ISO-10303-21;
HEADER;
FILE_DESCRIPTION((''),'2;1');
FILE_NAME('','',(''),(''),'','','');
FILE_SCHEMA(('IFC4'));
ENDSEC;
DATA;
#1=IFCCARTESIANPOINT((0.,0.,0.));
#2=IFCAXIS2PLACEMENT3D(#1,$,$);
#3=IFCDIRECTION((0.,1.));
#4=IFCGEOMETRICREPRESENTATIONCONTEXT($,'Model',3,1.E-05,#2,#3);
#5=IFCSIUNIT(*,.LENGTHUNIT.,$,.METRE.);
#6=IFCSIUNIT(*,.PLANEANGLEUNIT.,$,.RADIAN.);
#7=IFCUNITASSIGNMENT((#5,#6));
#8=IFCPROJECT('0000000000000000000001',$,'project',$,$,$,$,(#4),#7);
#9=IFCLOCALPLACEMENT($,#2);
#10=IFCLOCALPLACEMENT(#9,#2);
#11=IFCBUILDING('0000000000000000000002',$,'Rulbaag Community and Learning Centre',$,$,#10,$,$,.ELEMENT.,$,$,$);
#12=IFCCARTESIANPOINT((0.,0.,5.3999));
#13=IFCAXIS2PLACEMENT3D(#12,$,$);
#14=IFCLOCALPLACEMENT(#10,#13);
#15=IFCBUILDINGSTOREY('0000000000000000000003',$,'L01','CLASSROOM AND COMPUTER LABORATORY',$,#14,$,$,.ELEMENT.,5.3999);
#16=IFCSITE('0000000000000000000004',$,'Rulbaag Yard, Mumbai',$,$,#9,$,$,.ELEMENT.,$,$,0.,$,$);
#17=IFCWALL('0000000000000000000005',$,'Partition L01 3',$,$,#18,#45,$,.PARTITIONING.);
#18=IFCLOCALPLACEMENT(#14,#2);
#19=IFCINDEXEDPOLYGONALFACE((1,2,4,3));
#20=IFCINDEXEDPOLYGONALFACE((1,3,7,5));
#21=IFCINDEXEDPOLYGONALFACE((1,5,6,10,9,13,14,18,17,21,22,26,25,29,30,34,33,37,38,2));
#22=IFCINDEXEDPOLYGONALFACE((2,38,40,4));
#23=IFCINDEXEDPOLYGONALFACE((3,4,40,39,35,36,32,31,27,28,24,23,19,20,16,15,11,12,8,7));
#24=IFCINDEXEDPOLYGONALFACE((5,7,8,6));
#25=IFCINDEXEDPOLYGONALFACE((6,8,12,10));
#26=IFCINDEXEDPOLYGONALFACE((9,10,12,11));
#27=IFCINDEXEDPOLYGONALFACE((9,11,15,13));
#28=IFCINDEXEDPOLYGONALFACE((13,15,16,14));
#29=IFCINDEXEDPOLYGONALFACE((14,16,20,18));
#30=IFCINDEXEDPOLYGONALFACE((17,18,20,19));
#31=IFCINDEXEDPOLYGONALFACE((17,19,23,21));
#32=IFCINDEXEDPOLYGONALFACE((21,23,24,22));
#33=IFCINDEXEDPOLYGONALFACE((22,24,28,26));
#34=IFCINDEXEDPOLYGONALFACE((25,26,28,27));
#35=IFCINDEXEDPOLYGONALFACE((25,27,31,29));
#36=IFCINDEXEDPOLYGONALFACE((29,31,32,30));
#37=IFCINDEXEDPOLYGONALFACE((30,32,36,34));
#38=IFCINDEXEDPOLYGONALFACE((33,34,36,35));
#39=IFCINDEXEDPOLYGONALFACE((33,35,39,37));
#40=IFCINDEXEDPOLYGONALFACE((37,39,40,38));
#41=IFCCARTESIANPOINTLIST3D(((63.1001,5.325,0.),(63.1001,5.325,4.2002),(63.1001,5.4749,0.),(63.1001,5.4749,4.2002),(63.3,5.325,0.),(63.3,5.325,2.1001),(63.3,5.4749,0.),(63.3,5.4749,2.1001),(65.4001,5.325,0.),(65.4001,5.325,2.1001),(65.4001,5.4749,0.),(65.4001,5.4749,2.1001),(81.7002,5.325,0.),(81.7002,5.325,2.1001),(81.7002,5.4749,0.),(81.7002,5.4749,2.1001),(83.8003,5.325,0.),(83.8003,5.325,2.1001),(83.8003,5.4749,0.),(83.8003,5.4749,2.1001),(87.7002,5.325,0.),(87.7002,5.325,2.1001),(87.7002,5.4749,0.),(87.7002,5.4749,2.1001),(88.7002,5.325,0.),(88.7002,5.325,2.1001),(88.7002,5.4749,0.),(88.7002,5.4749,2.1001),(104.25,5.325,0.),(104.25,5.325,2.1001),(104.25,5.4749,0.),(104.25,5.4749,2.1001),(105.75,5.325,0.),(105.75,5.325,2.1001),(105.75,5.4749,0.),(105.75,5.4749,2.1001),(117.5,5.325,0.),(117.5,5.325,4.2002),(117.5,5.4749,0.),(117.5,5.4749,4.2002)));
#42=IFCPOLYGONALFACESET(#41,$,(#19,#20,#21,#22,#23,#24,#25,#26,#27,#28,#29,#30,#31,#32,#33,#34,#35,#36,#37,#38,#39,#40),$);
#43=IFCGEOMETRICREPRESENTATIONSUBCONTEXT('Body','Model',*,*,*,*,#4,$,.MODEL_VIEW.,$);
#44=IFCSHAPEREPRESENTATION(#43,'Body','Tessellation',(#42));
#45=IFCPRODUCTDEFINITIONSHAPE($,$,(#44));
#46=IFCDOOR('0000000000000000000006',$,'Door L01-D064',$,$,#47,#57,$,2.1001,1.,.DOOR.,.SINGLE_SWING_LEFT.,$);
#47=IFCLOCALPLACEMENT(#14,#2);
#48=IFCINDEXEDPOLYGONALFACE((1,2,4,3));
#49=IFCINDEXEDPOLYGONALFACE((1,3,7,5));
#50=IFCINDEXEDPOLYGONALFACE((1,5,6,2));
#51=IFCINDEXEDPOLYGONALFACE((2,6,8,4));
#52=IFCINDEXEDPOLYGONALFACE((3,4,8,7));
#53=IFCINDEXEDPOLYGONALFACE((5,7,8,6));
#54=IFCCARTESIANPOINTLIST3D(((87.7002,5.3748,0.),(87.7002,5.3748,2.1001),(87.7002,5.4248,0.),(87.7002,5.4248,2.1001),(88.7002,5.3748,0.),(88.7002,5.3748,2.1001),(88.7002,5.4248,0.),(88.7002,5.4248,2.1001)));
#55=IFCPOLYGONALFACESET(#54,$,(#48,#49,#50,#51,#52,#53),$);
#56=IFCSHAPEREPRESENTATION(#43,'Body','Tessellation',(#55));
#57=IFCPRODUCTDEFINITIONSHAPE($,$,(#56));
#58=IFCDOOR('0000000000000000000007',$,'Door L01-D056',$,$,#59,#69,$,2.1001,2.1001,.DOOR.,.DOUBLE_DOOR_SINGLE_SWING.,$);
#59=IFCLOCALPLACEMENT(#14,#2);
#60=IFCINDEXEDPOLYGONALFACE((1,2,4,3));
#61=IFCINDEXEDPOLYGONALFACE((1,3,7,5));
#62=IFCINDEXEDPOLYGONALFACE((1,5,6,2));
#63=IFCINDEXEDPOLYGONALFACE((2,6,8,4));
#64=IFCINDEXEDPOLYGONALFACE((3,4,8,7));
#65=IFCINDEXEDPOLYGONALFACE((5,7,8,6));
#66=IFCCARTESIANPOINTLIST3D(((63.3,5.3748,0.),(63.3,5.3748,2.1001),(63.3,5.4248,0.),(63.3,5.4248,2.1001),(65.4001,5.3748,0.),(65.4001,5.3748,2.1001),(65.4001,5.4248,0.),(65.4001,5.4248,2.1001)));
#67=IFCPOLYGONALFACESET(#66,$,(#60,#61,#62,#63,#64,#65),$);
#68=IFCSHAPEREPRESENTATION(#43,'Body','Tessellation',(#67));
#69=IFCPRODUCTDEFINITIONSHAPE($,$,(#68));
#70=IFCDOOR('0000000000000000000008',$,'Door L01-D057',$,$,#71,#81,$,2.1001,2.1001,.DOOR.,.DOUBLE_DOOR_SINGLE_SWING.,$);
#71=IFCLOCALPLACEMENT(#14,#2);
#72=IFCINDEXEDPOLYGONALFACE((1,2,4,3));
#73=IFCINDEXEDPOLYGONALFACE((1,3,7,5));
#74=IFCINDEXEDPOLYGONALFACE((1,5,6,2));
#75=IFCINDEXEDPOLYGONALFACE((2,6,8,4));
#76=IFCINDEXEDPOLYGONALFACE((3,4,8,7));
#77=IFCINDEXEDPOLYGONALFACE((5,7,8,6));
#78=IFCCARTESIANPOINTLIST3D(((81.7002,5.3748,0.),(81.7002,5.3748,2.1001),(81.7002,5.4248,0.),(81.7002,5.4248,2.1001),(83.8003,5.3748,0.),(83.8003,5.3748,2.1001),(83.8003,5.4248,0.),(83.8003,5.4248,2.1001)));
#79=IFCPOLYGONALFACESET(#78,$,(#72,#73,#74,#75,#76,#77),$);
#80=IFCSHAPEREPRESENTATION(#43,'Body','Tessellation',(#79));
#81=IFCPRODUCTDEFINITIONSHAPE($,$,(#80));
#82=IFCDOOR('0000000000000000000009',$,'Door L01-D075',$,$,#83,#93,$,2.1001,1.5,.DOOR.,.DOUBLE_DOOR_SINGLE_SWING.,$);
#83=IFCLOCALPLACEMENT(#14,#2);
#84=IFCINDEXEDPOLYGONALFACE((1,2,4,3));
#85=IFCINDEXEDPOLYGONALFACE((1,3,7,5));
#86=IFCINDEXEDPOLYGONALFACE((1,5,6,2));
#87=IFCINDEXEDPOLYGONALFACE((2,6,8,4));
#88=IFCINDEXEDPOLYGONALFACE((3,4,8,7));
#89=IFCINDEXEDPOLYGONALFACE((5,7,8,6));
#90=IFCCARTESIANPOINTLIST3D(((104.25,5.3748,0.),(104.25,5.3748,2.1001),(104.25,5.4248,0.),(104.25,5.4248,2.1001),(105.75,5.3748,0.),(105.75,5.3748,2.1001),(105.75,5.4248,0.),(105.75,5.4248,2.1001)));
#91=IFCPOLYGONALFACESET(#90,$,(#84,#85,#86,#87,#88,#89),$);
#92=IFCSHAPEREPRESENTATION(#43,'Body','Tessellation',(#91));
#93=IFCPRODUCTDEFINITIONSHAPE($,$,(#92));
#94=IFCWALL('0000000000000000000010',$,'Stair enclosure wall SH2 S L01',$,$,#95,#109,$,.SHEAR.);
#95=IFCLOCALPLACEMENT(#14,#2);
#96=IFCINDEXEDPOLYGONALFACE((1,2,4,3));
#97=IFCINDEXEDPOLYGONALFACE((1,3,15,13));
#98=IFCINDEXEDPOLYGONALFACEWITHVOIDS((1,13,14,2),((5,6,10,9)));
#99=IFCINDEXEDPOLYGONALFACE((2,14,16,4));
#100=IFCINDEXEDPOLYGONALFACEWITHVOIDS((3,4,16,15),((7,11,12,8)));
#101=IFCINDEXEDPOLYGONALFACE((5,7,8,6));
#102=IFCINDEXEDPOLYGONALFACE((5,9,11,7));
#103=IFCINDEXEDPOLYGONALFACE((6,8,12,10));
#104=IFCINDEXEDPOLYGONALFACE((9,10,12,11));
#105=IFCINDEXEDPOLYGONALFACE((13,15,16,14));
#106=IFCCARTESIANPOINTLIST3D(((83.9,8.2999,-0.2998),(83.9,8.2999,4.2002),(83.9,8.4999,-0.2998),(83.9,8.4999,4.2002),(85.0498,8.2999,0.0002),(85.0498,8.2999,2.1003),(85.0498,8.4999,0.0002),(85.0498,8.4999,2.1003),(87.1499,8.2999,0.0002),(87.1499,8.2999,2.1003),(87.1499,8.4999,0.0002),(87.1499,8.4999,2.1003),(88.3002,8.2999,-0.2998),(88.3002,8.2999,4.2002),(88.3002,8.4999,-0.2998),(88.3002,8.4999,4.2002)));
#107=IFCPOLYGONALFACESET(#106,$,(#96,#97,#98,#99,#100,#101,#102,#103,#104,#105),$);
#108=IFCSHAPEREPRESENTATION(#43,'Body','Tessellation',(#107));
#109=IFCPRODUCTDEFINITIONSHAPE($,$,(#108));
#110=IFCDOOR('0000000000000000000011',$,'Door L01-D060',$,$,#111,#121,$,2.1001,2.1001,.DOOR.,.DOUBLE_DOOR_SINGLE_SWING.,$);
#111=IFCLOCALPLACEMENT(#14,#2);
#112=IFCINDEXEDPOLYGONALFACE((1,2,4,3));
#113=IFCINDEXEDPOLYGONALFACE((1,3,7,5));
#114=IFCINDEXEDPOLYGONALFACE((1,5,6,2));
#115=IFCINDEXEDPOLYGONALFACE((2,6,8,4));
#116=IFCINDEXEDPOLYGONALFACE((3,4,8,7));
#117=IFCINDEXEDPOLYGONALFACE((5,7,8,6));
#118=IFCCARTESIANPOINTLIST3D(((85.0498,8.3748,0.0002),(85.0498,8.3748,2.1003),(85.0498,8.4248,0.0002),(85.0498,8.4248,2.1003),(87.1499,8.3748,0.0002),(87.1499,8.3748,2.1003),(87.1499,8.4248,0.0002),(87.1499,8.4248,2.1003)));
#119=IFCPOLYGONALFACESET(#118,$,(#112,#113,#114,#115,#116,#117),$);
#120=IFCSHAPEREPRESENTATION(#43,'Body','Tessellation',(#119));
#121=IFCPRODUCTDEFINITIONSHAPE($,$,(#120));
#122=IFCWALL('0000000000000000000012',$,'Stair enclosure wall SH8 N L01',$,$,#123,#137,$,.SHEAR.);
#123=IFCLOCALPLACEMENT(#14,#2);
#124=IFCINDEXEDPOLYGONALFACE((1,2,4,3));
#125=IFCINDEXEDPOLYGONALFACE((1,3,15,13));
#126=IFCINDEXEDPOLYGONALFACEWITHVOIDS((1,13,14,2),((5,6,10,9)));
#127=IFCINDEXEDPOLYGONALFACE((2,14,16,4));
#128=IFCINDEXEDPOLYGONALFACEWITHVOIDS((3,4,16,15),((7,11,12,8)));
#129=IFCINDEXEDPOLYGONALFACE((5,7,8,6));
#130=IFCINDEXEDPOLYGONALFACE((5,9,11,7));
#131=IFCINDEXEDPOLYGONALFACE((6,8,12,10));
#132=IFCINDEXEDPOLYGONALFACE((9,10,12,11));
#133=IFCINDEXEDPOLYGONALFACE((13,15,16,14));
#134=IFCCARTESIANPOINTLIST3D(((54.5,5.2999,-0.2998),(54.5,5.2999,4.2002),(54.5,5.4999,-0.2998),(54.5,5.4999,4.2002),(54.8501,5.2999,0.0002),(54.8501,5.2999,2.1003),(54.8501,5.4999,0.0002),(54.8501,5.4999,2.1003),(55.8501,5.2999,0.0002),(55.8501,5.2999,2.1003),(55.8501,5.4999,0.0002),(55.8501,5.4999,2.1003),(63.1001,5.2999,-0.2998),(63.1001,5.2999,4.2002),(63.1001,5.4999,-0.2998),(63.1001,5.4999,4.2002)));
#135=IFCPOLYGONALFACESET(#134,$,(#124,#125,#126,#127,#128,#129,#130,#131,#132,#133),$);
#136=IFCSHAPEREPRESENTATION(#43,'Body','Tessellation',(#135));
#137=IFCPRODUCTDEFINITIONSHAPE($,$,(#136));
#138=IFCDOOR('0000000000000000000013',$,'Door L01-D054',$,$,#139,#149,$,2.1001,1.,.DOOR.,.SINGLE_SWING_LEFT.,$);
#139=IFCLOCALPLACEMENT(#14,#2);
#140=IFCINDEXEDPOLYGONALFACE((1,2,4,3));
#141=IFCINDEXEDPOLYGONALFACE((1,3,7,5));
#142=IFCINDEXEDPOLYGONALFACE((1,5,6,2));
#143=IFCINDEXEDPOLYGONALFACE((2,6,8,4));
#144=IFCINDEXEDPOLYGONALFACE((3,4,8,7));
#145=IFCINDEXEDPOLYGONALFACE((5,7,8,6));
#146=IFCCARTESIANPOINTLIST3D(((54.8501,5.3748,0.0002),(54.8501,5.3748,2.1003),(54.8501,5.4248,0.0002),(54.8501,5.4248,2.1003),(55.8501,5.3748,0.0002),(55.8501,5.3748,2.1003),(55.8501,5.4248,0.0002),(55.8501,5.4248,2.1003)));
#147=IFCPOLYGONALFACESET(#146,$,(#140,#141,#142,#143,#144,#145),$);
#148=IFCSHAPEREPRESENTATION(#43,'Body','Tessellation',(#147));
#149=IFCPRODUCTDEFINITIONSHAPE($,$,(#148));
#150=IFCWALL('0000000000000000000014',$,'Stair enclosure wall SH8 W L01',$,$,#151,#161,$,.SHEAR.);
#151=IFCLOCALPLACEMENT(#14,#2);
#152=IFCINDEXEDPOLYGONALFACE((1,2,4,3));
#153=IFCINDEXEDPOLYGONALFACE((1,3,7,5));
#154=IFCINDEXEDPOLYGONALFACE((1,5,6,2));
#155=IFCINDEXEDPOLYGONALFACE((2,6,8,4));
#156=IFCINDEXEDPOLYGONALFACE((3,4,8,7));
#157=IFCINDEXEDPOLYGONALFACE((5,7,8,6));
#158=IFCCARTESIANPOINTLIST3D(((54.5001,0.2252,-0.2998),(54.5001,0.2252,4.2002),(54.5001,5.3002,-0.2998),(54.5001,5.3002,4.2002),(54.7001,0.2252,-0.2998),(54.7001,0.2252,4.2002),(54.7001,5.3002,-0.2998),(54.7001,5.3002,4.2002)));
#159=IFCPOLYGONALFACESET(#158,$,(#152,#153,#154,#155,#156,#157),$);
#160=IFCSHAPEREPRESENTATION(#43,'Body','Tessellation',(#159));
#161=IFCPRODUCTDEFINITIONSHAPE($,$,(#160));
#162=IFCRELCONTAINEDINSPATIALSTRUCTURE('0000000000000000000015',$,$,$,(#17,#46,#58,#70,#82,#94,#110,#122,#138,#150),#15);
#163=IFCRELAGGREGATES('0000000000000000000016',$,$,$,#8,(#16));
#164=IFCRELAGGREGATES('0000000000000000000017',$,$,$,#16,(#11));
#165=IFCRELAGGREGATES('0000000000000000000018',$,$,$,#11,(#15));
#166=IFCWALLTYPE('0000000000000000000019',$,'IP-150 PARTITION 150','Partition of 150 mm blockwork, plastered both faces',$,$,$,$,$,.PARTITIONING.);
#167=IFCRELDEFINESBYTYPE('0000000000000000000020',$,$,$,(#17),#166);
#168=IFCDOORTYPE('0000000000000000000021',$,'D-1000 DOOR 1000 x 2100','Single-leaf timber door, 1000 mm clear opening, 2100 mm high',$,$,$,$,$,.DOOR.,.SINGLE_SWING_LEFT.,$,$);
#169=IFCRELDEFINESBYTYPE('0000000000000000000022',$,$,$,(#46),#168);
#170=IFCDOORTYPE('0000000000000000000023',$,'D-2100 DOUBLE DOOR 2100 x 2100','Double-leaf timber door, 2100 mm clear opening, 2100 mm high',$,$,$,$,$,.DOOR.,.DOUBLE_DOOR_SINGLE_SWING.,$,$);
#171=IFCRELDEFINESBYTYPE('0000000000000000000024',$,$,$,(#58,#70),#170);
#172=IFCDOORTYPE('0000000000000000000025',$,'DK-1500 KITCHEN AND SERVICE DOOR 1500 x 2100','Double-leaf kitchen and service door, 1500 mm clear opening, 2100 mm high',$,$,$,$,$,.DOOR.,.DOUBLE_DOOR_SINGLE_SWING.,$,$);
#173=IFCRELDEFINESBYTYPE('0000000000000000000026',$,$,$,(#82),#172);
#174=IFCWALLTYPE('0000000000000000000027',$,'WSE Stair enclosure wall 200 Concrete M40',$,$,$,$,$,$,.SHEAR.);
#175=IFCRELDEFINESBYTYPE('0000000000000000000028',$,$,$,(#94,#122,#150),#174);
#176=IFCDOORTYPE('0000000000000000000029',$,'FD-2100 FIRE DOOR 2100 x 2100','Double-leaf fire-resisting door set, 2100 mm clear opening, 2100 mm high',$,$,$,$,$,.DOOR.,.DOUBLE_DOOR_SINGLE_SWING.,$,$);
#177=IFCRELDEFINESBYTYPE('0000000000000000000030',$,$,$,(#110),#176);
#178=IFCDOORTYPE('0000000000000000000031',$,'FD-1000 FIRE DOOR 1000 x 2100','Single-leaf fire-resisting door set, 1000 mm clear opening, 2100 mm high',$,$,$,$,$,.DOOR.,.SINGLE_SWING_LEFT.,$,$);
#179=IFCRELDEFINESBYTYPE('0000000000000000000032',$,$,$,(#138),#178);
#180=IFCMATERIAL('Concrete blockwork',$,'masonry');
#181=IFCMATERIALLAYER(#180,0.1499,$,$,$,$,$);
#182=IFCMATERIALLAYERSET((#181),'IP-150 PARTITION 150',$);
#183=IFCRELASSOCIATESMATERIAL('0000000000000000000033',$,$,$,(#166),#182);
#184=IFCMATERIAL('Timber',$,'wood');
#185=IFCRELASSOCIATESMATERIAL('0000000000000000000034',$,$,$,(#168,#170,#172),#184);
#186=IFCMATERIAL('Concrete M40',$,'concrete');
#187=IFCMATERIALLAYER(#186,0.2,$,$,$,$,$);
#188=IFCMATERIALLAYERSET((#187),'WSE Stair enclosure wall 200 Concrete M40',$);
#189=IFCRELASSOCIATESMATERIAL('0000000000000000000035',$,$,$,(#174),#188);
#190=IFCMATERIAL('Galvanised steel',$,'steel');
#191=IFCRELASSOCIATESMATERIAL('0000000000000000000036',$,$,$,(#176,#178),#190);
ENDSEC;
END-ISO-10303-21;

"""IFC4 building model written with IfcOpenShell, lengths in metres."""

from ifc_helpers import new_model, si_unit, direction, frame, frame_2d, origin, place, context, subcontext, project, spatial, rectangle, extrude, material, layer, layer_set, type_object, element, fill, save


model = new_model("IFC4")

# Units and contexts
model_context = context("Model", 3, precision=1e-05, world=origin(), true_north=direction((0.0, 1.0)))
body_context = subcontext(model_context, "Body", "Model", "MODEL_VIEW")
ifc_project = project(units=[si_unit("LENGTHUNIT", "METRE"), si_unit("PLANEANGLEUNIT", "RADIAN")], contexts=[model_context])

# Site, building, storey
site_placement = place(None, origin())
site = spatial("IfcSite", under=ifc_project, at=site_placement, Name="Rulbaag Yard, Mumbai", CompositionType="ELEMENT", RefElevation=0.0)
building_placement = place(site_placement, origin())
building = spatial("IfcBuilding", under=site, at=building_placement, Name="Rulbaag Community and Learning Centre", CompositionType="ELEMENT")
storey_placement = place(building_placement, frame((0.0, 0.0, 5.3999)))
storey = spatial("IfcBuildingStorey", under=building, at=storey_placement, Name="L01", Description="CLASSROOM AND COMPUTER LABORATORY", CompositionType="ELEMENT", Elevation=5.3999)

# Shared definitions
ifc_material_1 = material(Name="Concrete M40", Category="concrete")

# Wall, openings, doors
ifc_material_2 = material(Name="Concrete blockwork", Category="masonry")
ifc_layer_1 = layer(ifc_material_2, 0.1499)
ifc_layer_set_1 = layer_set([ifc_layer_1], Name="IP-150 PARTITION 150")
wall_type_1 = type_object("IfcWallType", Name="IP-150 PARTITION 150", Description="Partition of 150 mm blockwork, plastered both faces", PredefinedType="PARTITIONING", material=ifc_layer_set_1)
wall_1_placement = place(storey_placement, frame((63.1001, 5.3999, 0.0), z_axis=(0.0, 0.0, 1.0), x_axis=(1.0, 0.0, 0.0)))
wall_1 = element("IfcWall", 1, at=wall_1_placement, inside=storey, type_object=wall_type_1, Name="Partition L01 3", PredefinedType="PARTITIONING", context=body_context, shape_type="SweptSolid", body=[
    extrude(rectangle(XDim=54.3999, YDim=0.1499, at=frame_2d((27.2, 0.0))), origin(), (0.0, 0.0, 1.0), 4.2002),
])
opening_1_placement = place(wall_1_placement, frame((0.2, 0.0, 0.0)))
opening_1 = element("IfcOpeningElement", 2, at=opening_1_placement, cuts=wall_1, PredefinedType="OPENING", context=body_context, shape_type="SweptSolid", body=[
    extrude(rectangle(XDim=2.1001, YDim=2.1001, at=frame_2d((1.05, 1.05))), frame((0.0, 0.085, 0.0), z_axis=(0.0, -1.0, 0.0), x_axis=(1.0, 0.0, 0.0)), (0.0, 0.0, 1.0), 0.1699),
])
opening_2_placement = place(wall_1_placement, frame((18.6001, 0.0, 0.0)))
opening_2 = element("IfcOpeningElement", 3, at=opening_2_placement, cuts=wall_1, PredefinedType="OPENING", context=body_context, shape_type="SweptSolid", body=[
    extrude(rectangle(XDim=2.1001, YDim=2.1001, at=frame_2d((1.05, 1.05))), frame((0.0, 0.085, 0.0), z_axis=(0.0, -1.0, 0.0), x_axis=(1.0, 0.0, 0.0)), (0.0, 0.0, 1.0), 0.1699),
])
opening_3_placement = place(wall_1_placement, frame((24.6001, 0.0, 0.0)))
opening_3 = element("IfcOpeningElement", 4, at=opening_3_placement, cuts=wall_1, PredefinedType="OPENING", context=body_context, shape_type="SweptSolid", body=[
    extrude(rectangle(XDim=1.0, YDim=2.1001, at=frame_2d((0.5, 1.05))), frame((0.0, 0.085, 0.0), z_axis=(0.0, -1.0, 0.0), x_axis=(1.0, 0.0, 0.0)), (0.0, 0.0, 1.0), 0.1699),
])
opening_4_placement = place(wall_1_placement, frame((41.1499, 0.0, 0.0)))
opening_4 = element("IfcOpeningElement", 5, at=opening_4_placement, cuts=wall_1, PredefinedType="OPENING", context=body_context, shape_type="SweptSolid", body=[
    extrude(rectangle(XDim=1.5, YDim=2.1001, at=frame_2d((0.75, 1.05))), frame((0.0, 0.085, 0.0), z_axis=(0.0, -1.0, 0.0), x_axis=(1.0, 0.0, 0.0)), (0.0, 0.0, 1.0), 0.1699),
])
ifc_material_3 = material(Name="Timber", Category="wood")
door_type_1 = type_object("IfcDoorType", Name="D-1000 DOOR 1000 x 2100", Description="Single-leaf timber door, 1000 mm clear opening, 2100 mm high", OperationType="SINGLE_SWING_LEFT", PredefinedType="DOOR", material=ifc_material_3)
door_1_placement = place(opening_3_placement, origin())
door_1 = element("IfcDoor", 6, at=door_1_placement, inside=storey, type_object=door_type_1, Name="Door L01-D064", OperationType="SINGLE_SWING_LEFT", OverallHeight=2.1001, OverallWidth=1.0, PredefinedType="DOOR", context=body_context, shape_type="SweptSolid", body=[
    extrude(rectangle(XDim=1.0, YDim=2.1001, at=frame_2d((0.5, 1.05))), frame((0.0, 0.0249, 0.0), z_axis=(0.0, -1.0, 0.0), x_axis=(1.0, 0.0, 0.0)), (0.0, 0.0, 1.0), 0.05),
])
fill(opening_3, door_1)
door_type_2 = type_object("IfcDoorType", Name="D-2100 DOUBLE DOOR 2100 x 2100", Description="Double-leaf timber door, 2100 mm clear opening, 2100 mm high", OperationType="DOUBLE_DOOR_SINGLE_SWING", PredefinedType="DOOR", material=ifc_material_3)
door_2_placement = place(opening_1_placement, origin())
door_2 = element("IfcDoor", 7, at=door_2_placement, inside=storey, type_object=door_type_2, Name="Door L01-D056", OperationType="DOUBLE_DOOR_SINGLE_SWING", OverallHeight=2.1001, OverallWidth=2.1001, PredefinedType="DOOR", context=body_context, shape_type="SweptSolid", body=[
    extrude(rectangle(XDim=2.1001, YDim=2.1001, at=frame_2d((1.05, 1.05))), frame((0.0, 0.0249, 0.0), z_axis=(0.0, -1.0, 0.0), x_axis=(1.0, 0.0, 0.0)), (0.0, 0.0, 1.0), 0.05),
])
fill(opening_1, door_2)
door_3_placement = place(opening_2_placement, origin())
door_3 = element("IfcDoor", 8, at=door_3_placement, inside=storey, type_object=door_type_2, Name="Door L01-D057", OperationType="DOUBLE_DOOR_SINGLE_SWING", OverallHeight=2.1001, OverallWidth=2.1001, PredefinedType="DOOR", context=body_context, shape_type="SweptSolid", body=[
    extrude(rectangle(XDim=2.1001, YDim=2.1001, at=frame_2d((1.05, 1.05))), frame((0.0, 0.0249, 0.0), z_axis=(0.0, -1.0, 0.0), x_axis=(1.0, 0.0, 0.0)), (0.0, 0.0, 1.0), 0.05),
])
fill(opening_2, door_3)
door_type_3 = type_object("IfcDoorType", Name="DK-1500 KITCHEN AND SERVICE DOOR 1500 x 2100", Description="Double-leaf kitchen and service door, 1500 mm clear opening, 2100 mm high", OperationType="DOUBLE_DOOR_SINGLE_SWING", PredefinedType="DOOR", material=ifc_material_3)
door_4_placement = place(opening_4_placement, origin())
door_4 = element("IfcDoor", 9, at=door_4_placement, inside=storey, type_object=door_type_3, Name="Door L01-D075", OperationType="DOUBLE_DOOR_SINGLE_SWING", OverallHeight=2.1001, OverallWidth=1.5, PredefinedType="DOOR", context=body_context, shape_type="SweptSolid", body=[
    extrude(rectangle(XDim=1.5, YDim=2.1001, at=frame_2d((0.75, 1.05))), frame((0.0, 0.0249, 0.0), z_axis=(0.0, -1.0, 0.0), x_axis=(1.0, 0.0, 0.0)), (0.0, 0.0, 1.0), 0.05),
])
fill(opening_4, door_4)

# Walls, openings, doors
ifc_layer_2 = layer(ifc_material_1, 0.2)
ifc_layer_set_2 = layer_set([ifc_layer_2], Name="WSE Stair enclosure wall 200 Concrete M40")
wall_type_2 = type_object("IfcWallType", Name="WSE Stair enclosure wall 200 Concrete M40", PredefinedType="SHEAR", material=ifc_layer_set_2)
wall_2_placement = place(storey_placement, frame((83.8999, 8.3999, -0.2998), z_axis=(0.0, 0.0, 1.0), x_axis=(1.0, 0.0, 0.0)))
wall_2 = element("IfcWall", 10, at=wall_2_placement, inside=storey, type_object=wall_type_2, Name="Stair enclosure wall SH2 S L01", PredefinedType="SHEAR", context=body_context, shape_type="SweptSolid", body=[
    extrude(rectangle(XDim=4.4001, YDim=0.2, at=frame_2d((2.2002, 0.0))), origin(), (0.0, 0.0, 1.0), 4.5),
])
opening_5_placement = place(wall_2_placement, frame((1.1499, 0.0, 0.3)))
opening_5 = element("IfcOpeningElement", 11, at=opening_5_placement, cuts=wall_2, PredefinedType="OPENING", context=body_context, shape_type="SweptSolid", body=[
    extrude(rectangle(XDim=2.1001, YDim=2.1001, at=frame_2d((1.05, 1.05))), frame((0.0, 0.1099, 0.0), z_axis=(0.0, -1.0, 0.0), x_axis=(1.0, 0.0, 0.0)), (0.0, 0.0, 1.0), 0.22),
])
ifc_material_4 = material(Name="Galvanised steel", Category="steel")
door_type_4 = type_object("IfcDoorType", Name="FD-2100 FIRE DOOR 2100 x 2100", Description="Double-leaf fire-resisting door set, 2100 mm clear opening, 2100 mm high", OperationType="DOUBLE_DOOR_SINGLE_SWING", PredefinedType="DOOR", material=ifc_material_4)
door_5_placement = place(opening_5_placement, origin())
door_5 = element("IfcDoor", 12, at=door_5_placement, inside=storey, type_object=door_type_4, Name="Door L01-D060", OperationType="DOUBLE_DOOR_SINGLE_SWING", OverallHeight=2.1001, OverallWidth=2.1001, PredefinedType="DOOR", context=body_context, shape_type="SweptSolid", body=[
    extrude(rectangle(XDim=2.1001, YDim=2.1001, at=frame_2d((1.05, 1.05))), frame((0.0, 0.0249, 0.0), z_axis=(0.0, -1.0, 0.0), x_axis=(1.0, 0.0, 0.0)), (0.0, 0.0, 1.0), 0.05),
])
fill(opening_5, door_5)
wall_3_placement = place(storey_placement, frame((54.5, 5.3999, -0.2998), z_axis=(0.0, 0.0, 1.0), x_axis=(1.0, 0.0, 0.0)))
wall_3 = element("IfcWall", 13, at=wall_3_placement, inside=storey, type_object=wall_type_2, Name="Stair enclosure wall SH8 N L01", PredefinedType="SHEAR", context=body_context, shape_type="SweptSolid", body=[
    extrude(rectangle(XDim=8.6001, YDim=0.2, at=frame_2d((4.3, 0.0))), origin(), (0.0, 0.0, 1.0), 4.5),
])
opening_6_placement = place(wall_3_placement, frame((0.3501, 0.0, 0.3)))
opening_6 = element("IfcOpeningElement", 14, at=opening_6_placement, cuts=wall_3, PredefinedType="OPENING", context=body_context, shape_type="SweptSolid", body=[
    extrude(rectangle(XDim=1.0, YDim=2.1001, at=frame_2d((0.5, 1.05))), frame((0.0, 0.1099, 0.0), z_axis=(0.0, -1.0, 0.0), x_axis=(1.0, 0.0, 0.0)), (0.0, 0.0, 1.0), 0.22),
])
door_type_5 = type_object("IfcDoorType", Name="FD-1000 FIRE DOOR 1000 x 2100", Description="Single-leaf fire-resisting door set, 1000 mm clear opening, 2100 mm high", OperationType="SINGLE_SWING_LEFT", PredefinedType="DOOR", material=ifc_material_4)
door_6_placement = place(opening_6_placement, origin())
door_6 = element("IfcDoor", 15, at=door_6_placement, inside=storey, type_object=door_type_5, Name="Door L01-D054", OperationType="SINGLE_SWING_LEFT", OverallHeight=2.1001, OverallWidth=1.0, PredefinedType="DOOR", context=body_context, shape_type="SweptSolid", body=[
    extrude(rectangle(XDim=1.0, YDim=2.1001, at=frame_2d((0.5, 1.05))), frame((0.0, 0.0249, 0.0), z_axis=(0.0, -1.0, 0.0), x_axis=(1.0, 0.0, 0.0)), (0.0, 0.0, 1.0), 0.05),
])
fill(opening_6, door_6)

# Wall
for number, where, z_axis, x_axis, name in (
    (16, (54.6001, 0.2251, -0.2998), (0.0, 0.0, 1.0), (0.0, 1.0, 0.0), "Stair enclosure wall SH8 W L01"),
):
    element("IfcWall", number, at=place(storey_placement, frame(where, z_axis=z_axis, x_axis=x_axis)), inside=storey, type_object=wall_type_2, Name=name, PredefinedType="SHEAR", context=body_context, shape_type="SweptSolid", body=[
        extrude(rectangle(XDim=5.075, YDim=0.2, at=frame_2d((2.5376, 0.0))), origin(), (0.0, 0.0, 1.0), 4.5),
    ])

save(model, "model.ifc")
